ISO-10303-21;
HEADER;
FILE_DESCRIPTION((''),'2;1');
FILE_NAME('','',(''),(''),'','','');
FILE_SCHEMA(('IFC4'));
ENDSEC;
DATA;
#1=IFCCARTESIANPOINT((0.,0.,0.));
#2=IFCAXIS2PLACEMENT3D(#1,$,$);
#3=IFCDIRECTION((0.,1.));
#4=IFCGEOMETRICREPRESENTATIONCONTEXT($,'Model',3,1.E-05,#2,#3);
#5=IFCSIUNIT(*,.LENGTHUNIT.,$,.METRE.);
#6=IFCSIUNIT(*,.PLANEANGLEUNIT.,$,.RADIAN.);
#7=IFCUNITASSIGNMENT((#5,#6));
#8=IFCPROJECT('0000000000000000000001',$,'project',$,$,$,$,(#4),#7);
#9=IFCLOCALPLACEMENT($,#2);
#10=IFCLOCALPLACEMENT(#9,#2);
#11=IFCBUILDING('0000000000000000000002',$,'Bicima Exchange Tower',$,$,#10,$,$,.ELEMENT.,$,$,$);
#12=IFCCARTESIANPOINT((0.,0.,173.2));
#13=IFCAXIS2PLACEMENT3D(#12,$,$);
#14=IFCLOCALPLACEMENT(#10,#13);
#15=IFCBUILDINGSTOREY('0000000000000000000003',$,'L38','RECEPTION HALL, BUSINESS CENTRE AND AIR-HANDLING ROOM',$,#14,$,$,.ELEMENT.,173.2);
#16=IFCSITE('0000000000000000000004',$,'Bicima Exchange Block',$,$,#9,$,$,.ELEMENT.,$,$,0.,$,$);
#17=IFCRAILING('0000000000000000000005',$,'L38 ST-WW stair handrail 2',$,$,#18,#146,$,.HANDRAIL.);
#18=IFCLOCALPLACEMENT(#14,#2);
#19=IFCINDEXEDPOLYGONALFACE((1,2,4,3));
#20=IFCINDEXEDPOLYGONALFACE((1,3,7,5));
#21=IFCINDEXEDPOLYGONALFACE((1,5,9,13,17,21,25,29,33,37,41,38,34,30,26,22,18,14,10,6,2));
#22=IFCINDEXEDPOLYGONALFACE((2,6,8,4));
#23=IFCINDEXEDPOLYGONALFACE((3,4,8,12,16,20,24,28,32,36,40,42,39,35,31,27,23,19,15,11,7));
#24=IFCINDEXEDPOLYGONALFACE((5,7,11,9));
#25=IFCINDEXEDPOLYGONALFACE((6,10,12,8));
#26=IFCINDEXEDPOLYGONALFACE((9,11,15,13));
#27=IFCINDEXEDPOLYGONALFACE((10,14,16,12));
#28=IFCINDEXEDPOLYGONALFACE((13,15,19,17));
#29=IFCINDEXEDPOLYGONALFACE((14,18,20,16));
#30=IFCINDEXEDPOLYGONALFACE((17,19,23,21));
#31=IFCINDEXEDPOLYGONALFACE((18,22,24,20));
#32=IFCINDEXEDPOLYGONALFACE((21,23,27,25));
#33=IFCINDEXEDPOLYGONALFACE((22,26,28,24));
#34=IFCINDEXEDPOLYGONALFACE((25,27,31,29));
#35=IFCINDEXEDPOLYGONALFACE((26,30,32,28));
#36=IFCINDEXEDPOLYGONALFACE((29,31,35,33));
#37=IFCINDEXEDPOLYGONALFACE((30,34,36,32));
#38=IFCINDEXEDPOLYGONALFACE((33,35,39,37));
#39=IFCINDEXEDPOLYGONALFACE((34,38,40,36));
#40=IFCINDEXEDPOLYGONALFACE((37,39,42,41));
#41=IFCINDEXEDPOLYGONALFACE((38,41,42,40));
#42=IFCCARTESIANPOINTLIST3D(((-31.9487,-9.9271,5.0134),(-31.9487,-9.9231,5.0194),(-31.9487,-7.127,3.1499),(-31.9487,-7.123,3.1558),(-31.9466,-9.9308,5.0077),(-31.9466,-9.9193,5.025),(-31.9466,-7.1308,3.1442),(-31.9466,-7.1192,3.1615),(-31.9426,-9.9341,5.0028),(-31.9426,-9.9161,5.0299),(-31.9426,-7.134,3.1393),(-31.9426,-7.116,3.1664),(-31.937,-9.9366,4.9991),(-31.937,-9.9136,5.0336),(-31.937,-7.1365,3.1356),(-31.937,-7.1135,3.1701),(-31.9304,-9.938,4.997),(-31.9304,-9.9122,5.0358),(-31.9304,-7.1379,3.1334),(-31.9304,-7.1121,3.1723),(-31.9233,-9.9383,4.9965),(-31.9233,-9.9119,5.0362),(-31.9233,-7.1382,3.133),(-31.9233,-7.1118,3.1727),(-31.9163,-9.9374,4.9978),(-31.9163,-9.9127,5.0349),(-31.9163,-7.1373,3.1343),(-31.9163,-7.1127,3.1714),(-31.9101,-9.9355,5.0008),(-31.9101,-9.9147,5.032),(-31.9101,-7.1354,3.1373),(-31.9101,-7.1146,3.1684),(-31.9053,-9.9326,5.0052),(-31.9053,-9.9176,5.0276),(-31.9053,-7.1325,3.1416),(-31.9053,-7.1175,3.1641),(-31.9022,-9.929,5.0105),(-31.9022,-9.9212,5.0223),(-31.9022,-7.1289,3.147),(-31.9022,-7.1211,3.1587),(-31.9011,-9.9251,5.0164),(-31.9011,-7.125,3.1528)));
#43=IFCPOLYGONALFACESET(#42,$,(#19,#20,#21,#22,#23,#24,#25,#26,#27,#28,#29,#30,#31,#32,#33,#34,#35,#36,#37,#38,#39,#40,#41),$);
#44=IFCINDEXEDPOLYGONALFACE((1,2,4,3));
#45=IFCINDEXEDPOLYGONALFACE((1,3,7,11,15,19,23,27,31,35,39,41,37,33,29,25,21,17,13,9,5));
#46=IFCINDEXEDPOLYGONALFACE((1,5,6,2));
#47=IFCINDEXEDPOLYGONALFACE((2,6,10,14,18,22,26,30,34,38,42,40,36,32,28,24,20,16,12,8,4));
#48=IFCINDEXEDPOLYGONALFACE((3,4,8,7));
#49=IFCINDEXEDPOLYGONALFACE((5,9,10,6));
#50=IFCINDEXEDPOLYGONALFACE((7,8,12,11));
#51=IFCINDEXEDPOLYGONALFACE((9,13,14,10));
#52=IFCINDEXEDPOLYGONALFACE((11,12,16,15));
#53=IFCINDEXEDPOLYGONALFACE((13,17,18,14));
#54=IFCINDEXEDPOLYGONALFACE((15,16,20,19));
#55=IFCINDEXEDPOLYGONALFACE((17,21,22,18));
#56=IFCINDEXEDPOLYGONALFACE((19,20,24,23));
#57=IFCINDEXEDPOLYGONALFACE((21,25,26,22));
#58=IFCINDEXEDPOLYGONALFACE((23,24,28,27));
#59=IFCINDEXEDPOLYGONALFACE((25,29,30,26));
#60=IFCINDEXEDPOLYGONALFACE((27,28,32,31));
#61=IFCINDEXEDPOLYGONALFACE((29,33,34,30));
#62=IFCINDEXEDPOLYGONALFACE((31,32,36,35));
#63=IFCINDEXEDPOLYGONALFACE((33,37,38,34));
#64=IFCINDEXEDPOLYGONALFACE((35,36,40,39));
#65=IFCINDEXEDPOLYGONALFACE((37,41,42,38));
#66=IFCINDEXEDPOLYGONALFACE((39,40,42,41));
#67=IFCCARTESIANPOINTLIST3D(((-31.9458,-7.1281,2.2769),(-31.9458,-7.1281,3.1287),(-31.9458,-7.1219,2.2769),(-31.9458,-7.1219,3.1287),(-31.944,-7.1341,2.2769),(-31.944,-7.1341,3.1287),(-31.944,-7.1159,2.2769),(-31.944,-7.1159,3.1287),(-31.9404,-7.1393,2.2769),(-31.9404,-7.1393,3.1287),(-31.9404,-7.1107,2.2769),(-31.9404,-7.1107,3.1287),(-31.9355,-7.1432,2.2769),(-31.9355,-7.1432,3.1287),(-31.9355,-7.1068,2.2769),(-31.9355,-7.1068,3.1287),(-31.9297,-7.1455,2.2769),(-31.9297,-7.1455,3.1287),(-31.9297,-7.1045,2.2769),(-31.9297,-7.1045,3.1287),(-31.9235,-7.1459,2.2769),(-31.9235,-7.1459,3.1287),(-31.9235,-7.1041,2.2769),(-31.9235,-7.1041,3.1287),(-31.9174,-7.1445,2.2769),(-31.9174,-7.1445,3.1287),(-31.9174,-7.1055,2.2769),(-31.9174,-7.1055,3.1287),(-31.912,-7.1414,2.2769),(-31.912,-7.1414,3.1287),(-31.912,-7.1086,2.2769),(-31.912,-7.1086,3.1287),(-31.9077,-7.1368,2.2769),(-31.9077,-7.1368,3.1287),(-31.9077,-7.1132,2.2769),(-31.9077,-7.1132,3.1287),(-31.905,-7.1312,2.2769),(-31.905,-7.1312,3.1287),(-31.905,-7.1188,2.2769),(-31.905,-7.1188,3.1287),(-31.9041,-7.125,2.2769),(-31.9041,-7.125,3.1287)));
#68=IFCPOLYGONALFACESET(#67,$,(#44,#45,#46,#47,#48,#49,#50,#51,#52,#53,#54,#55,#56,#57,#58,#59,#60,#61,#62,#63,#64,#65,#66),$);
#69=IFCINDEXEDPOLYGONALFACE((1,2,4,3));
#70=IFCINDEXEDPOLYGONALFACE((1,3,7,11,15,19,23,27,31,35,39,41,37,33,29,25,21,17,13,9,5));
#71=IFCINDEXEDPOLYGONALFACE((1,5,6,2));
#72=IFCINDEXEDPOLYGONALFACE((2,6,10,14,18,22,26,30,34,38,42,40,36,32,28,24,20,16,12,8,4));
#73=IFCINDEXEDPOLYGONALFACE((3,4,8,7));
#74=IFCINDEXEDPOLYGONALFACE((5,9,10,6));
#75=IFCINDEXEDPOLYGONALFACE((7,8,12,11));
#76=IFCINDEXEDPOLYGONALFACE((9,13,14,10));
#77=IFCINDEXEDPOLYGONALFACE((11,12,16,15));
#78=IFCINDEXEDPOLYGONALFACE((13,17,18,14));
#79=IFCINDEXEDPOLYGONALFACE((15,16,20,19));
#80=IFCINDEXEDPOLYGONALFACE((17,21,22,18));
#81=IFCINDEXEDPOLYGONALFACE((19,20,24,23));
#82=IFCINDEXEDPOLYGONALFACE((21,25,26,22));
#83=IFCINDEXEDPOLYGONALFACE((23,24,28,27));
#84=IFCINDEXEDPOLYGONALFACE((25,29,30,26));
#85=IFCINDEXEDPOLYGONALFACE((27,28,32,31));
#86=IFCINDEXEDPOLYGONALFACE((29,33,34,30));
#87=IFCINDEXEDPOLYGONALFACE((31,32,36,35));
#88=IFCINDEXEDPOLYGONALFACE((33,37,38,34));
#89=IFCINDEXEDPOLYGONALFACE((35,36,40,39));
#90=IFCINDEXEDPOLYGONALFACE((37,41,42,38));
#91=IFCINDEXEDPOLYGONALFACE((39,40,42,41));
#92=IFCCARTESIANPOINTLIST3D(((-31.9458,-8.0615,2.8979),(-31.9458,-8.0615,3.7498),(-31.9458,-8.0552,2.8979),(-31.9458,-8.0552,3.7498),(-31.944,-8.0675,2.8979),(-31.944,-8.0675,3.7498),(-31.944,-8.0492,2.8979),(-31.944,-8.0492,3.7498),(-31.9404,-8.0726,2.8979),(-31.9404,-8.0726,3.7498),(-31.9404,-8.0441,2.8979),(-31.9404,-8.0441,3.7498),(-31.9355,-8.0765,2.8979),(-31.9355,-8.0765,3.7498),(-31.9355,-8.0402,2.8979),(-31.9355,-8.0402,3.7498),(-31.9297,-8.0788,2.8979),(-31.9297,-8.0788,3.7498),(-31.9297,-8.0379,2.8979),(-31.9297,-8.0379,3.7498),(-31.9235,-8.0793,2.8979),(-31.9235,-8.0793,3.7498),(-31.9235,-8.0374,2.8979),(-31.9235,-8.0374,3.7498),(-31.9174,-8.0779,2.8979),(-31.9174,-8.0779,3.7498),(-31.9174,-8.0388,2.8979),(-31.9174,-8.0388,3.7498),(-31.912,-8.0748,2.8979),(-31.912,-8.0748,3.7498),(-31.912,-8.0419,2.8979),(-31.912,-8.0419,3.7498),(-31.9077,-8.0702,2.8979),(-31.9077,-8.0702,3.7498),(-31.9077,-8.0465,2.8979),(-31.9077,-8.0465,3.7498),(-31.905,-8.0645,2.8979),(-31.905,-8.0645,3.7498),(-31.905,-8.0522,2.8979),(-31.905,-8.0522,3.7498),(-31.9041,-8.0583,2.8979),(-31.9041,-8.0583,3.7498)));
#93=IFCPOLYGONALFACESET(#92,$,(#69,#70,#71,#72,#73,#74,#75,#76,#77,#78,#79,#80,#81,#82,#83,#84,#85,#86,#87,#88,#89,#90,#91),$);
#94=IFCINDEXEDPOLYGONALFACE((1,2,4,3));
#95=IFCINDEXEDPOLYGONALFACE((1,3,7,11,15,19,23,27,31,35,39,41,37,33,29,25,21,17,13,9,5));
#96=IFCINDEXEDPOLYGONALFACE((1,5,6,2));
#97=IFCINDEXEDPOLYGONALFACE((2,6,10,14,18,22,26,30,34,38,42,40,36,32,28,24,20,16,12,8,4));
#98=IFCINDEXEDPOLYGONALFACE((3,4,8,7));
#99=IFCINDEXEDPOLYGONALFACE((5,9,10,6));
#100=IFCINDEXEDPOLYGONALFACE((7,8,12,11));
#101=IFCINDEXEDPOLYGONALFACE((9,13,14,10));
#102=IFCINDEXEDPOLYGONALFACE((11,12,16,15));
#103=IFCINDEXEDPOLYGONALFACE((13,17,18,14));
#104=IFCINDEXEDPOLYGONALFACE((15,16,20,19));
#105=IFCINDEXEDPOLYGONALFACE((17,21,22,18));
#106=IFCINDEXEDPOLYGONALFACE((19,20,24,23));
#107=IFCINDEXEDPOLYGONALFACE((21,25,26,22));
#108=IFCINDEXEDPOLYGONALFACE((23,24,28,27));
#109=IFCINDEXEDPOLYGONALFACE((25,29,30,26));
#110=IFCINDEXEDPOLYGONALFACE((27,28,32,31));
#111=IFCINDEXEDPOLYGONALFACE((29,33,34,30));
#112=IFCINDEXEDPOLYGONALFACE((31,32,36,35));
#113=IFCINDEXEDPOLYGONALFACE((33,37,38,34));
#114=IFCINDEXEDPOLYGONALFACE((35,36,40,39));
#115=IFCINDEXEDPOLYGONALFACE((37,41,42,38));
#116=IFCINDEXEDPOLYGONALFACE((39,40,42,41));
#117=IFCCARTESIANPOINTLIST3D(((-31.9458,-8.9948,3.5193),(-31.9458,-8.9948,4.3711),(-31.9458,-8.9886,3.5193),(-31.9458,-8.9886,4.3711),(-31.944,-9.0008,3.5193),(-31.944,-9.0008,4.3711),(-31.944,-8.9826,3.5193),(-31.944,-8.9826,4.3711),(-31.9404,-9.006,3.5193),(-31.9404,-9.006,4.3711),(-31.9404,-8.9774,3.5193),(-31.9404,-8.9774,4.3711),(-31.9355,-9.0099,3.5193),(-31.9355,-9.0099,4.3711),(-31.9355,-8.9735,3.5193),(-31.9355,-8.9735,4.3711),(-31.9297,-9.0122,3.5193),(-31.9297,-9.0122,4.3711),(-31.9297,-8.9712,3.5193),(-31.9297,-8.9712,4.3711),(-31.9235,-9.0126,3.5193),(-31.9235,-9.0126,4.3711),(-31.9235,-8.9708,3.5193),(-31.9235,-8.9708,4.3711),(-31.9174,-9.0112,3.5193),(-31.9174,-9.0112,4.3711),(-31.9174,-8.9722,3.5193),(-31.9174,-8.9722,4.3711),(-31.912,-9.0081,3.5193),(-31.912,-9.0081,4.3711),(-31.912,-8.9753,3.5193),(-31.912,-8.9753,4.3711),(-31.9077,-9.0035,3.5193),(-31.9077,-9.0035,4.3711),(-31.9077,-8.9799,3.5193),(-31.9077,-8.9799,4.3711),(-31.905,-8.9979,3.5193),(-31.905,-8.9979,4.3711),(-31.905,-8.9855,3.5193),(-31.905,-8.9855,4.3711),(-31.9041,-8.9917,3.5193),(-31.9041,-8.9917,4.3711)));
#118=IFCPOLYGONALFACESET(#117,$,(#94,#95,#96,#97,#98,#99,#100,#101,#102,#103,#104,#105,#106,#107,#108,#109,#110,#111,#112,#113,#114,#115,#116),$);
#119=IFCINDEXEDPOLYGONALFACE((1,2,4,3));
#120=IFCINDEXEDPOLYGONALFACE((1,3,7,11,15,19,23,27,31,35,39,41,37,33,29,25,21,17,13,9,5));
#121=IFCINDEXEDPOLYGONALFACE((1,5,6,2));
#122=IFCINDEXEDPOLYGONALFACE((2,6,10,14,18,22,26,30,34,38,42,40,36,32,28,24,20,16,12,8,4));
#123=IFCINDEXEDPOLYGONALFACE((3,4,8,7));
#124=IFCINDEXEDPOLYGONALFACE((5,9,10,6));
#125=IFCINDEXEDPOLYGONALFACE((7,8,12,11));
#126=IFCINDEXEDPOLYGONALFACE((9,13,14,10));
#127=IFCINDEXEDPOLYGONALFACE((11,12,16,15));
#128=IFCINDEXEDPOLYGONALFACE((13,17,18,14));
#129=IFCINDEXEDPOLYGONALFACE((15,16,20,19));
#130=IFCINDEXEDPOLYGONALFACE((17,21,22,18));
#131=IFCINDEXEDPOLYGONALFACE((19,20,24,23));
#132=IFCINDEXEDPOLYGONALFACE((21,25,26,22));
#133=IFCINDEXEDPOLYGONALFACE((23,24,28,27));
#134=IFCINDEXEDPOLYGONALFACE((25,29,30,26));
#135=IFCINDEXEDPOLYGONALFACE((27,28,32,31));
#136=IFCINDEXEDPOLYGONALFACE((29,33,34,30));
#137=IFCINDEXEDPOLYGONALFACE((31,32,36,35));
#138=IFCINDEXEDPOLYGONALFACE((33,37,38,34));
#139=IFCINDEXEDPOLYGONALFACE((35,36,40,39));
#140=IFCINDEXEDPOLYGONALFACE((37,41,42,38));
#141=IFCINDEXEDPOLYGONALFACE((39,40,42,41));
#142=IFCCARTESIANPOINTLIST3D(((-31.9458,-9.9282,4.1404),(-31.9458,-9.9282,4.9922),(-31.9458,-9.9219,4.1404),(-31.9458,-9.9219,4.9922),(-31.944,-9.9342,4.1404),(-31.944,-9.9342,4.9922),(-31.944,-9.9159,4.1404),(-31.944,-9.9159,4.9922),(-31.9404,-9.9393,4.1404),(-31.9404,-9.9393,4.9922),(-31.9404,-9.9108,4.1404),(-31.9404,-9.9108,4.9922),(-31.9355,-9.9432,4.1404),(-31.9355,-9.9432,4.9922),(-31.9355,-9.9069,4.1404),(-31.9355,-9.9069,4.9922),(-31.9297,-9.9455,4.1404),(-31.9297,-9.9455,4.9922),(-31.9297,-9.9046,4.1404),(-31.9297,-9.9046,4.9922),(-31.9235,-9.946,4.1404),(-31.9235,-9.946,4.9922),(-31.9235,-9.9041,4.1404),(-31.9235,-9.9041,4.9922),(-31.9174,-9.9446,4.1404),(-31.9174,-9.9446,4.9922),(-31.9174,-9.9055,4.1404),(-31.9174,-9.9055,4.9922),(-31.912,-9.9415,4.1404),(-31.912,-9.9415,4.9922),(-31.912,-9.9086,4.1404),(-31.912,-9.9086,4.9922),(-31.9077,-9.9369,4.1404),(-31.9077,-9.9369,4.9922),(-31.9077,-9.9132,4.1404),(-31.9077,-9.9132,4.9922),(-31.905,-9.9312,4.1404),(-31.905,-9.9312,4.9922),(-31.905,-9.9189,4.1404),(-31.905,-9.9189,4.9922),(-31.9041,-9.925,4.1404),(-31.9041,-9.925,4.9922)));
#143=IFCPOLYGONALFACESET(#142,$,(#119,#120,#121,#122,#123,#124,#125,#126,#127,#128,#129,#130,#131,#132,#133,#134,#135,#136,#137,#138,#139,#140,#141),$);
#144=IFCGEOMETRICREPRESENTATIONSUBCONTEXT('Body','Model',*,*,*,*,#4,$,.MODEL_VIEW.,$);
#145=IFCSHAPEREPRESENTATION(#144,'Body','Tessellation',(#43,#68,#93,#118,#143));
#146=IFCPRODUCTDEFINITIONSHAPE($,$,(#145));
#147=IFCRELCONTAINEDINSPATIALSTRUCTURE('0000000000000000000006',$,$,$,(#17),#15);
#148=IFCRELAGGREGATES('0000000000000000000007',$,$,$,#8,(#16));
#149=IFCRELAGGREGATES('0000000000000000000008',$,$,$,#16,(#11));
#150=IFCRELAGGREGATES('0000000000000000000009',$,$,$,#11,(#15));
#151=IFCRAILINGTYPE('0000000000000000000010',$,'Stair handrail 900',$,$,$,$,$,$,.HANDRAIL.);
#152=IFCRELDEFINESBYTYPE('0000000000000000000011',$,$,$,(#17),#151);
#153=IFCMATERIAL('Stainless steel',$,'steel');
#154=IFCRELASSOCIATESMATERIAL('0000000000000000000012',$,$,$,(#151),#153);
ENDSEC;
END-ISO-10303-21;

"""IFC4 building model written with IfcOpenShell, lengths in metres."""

from ifc_helpers import new_model, si_unit, direction, frame, origin, origin_2d, place, context, subcontext, project, spatial, circle, extrude, material, type_object, element, save


model = new_model("IFC4")

# Units and contexts
model_context = context("Model", 3, precision=1e-05, world=origin(), true_north=direction((0.0, 1.0)))
body_context = subcontext(model_context, "Body", "Model", "MODEL_VIEW")
ifc_project = project(units=[si_unit("LENGTHUNIT", "METRE"), si_unit("PLANEANGLEUNIT", "RADIAN")], contexts=[model_context])

# Site, building, storey
site_placement = place(None, origin())
site = spatial("IfcSite", under=ifc_project, at=site_placement, Name="Bicima Exchange Block", CompositionType="ELEMENT", RefElevation=0.0)
building_placement = place(site_placement, origin())
building = spatial("IfcBuilding", under=site, at=building_placement, Name="Bicima Exchange Tower", CompositionType="ELEMENT")
storey_placement = place(building_placement, frame((0.0, 0.0, 173.2)))
storey = spatial("IfcBuildingStorey", under=building, at=storey_placement, Name="L38", Description="RECEPTION HALL, BUSINESS CENTRE AND AIR-HANDLING ROOM", CompositionType="ELEMENT", Elevation=173.2)

# Railing
ifc_material_1 = material(Name="Stainless steel", Category="steel")
railing_type = type_object("IfcRailingType", Name="Stair handrail 900", PredefinedType="HANDRAIL", material=ifc_material_1)
railing_placement = place(storey_placement, frame((-31.925, -7.125, 2.2769)))
element("IfcRailing", 1, at=railing_placement, inside=storey, type_object=railing_type, Name="L38 ST-WW stair handrail 2", PredefinedType="HANDRAIL", context=body_context, shape_type="SweptSolid", body=[
    extrude(circle(Radius=0.0239, at=origin_2d()), frame((0.0, 0.0, 0.876), z_axis=(0.0, -0.832486, 0.554047), x_axis=(1.0, 0.0, 0.0)), (0.0, 0.0, 1.0), 3.3635),
    extrude(circle(Radius=0.021, at=origin_2d()), origin(), (0.0, 0.0, 1.0), 0.8518),
    extrude(circle(Radius=0.021, at=origin_2d()), frame((0.0, -0.9333, 0.6211)), (0.0, 0.0, 1.0), 0.8518),
    extrude(circle(Radius=0.021, at=origin_2d()), frame((0.0, -1.8667, 1.2424)), (0.0, 0.0, 1.0), 0.8518),
    extrude(circle(Radius=0.021, at=origin_2d()), frame((0.0, -2.8, 1.8635)), (0.0, 0.0, 1.0), 0.8518),
])

save(model, "model.ifc")
